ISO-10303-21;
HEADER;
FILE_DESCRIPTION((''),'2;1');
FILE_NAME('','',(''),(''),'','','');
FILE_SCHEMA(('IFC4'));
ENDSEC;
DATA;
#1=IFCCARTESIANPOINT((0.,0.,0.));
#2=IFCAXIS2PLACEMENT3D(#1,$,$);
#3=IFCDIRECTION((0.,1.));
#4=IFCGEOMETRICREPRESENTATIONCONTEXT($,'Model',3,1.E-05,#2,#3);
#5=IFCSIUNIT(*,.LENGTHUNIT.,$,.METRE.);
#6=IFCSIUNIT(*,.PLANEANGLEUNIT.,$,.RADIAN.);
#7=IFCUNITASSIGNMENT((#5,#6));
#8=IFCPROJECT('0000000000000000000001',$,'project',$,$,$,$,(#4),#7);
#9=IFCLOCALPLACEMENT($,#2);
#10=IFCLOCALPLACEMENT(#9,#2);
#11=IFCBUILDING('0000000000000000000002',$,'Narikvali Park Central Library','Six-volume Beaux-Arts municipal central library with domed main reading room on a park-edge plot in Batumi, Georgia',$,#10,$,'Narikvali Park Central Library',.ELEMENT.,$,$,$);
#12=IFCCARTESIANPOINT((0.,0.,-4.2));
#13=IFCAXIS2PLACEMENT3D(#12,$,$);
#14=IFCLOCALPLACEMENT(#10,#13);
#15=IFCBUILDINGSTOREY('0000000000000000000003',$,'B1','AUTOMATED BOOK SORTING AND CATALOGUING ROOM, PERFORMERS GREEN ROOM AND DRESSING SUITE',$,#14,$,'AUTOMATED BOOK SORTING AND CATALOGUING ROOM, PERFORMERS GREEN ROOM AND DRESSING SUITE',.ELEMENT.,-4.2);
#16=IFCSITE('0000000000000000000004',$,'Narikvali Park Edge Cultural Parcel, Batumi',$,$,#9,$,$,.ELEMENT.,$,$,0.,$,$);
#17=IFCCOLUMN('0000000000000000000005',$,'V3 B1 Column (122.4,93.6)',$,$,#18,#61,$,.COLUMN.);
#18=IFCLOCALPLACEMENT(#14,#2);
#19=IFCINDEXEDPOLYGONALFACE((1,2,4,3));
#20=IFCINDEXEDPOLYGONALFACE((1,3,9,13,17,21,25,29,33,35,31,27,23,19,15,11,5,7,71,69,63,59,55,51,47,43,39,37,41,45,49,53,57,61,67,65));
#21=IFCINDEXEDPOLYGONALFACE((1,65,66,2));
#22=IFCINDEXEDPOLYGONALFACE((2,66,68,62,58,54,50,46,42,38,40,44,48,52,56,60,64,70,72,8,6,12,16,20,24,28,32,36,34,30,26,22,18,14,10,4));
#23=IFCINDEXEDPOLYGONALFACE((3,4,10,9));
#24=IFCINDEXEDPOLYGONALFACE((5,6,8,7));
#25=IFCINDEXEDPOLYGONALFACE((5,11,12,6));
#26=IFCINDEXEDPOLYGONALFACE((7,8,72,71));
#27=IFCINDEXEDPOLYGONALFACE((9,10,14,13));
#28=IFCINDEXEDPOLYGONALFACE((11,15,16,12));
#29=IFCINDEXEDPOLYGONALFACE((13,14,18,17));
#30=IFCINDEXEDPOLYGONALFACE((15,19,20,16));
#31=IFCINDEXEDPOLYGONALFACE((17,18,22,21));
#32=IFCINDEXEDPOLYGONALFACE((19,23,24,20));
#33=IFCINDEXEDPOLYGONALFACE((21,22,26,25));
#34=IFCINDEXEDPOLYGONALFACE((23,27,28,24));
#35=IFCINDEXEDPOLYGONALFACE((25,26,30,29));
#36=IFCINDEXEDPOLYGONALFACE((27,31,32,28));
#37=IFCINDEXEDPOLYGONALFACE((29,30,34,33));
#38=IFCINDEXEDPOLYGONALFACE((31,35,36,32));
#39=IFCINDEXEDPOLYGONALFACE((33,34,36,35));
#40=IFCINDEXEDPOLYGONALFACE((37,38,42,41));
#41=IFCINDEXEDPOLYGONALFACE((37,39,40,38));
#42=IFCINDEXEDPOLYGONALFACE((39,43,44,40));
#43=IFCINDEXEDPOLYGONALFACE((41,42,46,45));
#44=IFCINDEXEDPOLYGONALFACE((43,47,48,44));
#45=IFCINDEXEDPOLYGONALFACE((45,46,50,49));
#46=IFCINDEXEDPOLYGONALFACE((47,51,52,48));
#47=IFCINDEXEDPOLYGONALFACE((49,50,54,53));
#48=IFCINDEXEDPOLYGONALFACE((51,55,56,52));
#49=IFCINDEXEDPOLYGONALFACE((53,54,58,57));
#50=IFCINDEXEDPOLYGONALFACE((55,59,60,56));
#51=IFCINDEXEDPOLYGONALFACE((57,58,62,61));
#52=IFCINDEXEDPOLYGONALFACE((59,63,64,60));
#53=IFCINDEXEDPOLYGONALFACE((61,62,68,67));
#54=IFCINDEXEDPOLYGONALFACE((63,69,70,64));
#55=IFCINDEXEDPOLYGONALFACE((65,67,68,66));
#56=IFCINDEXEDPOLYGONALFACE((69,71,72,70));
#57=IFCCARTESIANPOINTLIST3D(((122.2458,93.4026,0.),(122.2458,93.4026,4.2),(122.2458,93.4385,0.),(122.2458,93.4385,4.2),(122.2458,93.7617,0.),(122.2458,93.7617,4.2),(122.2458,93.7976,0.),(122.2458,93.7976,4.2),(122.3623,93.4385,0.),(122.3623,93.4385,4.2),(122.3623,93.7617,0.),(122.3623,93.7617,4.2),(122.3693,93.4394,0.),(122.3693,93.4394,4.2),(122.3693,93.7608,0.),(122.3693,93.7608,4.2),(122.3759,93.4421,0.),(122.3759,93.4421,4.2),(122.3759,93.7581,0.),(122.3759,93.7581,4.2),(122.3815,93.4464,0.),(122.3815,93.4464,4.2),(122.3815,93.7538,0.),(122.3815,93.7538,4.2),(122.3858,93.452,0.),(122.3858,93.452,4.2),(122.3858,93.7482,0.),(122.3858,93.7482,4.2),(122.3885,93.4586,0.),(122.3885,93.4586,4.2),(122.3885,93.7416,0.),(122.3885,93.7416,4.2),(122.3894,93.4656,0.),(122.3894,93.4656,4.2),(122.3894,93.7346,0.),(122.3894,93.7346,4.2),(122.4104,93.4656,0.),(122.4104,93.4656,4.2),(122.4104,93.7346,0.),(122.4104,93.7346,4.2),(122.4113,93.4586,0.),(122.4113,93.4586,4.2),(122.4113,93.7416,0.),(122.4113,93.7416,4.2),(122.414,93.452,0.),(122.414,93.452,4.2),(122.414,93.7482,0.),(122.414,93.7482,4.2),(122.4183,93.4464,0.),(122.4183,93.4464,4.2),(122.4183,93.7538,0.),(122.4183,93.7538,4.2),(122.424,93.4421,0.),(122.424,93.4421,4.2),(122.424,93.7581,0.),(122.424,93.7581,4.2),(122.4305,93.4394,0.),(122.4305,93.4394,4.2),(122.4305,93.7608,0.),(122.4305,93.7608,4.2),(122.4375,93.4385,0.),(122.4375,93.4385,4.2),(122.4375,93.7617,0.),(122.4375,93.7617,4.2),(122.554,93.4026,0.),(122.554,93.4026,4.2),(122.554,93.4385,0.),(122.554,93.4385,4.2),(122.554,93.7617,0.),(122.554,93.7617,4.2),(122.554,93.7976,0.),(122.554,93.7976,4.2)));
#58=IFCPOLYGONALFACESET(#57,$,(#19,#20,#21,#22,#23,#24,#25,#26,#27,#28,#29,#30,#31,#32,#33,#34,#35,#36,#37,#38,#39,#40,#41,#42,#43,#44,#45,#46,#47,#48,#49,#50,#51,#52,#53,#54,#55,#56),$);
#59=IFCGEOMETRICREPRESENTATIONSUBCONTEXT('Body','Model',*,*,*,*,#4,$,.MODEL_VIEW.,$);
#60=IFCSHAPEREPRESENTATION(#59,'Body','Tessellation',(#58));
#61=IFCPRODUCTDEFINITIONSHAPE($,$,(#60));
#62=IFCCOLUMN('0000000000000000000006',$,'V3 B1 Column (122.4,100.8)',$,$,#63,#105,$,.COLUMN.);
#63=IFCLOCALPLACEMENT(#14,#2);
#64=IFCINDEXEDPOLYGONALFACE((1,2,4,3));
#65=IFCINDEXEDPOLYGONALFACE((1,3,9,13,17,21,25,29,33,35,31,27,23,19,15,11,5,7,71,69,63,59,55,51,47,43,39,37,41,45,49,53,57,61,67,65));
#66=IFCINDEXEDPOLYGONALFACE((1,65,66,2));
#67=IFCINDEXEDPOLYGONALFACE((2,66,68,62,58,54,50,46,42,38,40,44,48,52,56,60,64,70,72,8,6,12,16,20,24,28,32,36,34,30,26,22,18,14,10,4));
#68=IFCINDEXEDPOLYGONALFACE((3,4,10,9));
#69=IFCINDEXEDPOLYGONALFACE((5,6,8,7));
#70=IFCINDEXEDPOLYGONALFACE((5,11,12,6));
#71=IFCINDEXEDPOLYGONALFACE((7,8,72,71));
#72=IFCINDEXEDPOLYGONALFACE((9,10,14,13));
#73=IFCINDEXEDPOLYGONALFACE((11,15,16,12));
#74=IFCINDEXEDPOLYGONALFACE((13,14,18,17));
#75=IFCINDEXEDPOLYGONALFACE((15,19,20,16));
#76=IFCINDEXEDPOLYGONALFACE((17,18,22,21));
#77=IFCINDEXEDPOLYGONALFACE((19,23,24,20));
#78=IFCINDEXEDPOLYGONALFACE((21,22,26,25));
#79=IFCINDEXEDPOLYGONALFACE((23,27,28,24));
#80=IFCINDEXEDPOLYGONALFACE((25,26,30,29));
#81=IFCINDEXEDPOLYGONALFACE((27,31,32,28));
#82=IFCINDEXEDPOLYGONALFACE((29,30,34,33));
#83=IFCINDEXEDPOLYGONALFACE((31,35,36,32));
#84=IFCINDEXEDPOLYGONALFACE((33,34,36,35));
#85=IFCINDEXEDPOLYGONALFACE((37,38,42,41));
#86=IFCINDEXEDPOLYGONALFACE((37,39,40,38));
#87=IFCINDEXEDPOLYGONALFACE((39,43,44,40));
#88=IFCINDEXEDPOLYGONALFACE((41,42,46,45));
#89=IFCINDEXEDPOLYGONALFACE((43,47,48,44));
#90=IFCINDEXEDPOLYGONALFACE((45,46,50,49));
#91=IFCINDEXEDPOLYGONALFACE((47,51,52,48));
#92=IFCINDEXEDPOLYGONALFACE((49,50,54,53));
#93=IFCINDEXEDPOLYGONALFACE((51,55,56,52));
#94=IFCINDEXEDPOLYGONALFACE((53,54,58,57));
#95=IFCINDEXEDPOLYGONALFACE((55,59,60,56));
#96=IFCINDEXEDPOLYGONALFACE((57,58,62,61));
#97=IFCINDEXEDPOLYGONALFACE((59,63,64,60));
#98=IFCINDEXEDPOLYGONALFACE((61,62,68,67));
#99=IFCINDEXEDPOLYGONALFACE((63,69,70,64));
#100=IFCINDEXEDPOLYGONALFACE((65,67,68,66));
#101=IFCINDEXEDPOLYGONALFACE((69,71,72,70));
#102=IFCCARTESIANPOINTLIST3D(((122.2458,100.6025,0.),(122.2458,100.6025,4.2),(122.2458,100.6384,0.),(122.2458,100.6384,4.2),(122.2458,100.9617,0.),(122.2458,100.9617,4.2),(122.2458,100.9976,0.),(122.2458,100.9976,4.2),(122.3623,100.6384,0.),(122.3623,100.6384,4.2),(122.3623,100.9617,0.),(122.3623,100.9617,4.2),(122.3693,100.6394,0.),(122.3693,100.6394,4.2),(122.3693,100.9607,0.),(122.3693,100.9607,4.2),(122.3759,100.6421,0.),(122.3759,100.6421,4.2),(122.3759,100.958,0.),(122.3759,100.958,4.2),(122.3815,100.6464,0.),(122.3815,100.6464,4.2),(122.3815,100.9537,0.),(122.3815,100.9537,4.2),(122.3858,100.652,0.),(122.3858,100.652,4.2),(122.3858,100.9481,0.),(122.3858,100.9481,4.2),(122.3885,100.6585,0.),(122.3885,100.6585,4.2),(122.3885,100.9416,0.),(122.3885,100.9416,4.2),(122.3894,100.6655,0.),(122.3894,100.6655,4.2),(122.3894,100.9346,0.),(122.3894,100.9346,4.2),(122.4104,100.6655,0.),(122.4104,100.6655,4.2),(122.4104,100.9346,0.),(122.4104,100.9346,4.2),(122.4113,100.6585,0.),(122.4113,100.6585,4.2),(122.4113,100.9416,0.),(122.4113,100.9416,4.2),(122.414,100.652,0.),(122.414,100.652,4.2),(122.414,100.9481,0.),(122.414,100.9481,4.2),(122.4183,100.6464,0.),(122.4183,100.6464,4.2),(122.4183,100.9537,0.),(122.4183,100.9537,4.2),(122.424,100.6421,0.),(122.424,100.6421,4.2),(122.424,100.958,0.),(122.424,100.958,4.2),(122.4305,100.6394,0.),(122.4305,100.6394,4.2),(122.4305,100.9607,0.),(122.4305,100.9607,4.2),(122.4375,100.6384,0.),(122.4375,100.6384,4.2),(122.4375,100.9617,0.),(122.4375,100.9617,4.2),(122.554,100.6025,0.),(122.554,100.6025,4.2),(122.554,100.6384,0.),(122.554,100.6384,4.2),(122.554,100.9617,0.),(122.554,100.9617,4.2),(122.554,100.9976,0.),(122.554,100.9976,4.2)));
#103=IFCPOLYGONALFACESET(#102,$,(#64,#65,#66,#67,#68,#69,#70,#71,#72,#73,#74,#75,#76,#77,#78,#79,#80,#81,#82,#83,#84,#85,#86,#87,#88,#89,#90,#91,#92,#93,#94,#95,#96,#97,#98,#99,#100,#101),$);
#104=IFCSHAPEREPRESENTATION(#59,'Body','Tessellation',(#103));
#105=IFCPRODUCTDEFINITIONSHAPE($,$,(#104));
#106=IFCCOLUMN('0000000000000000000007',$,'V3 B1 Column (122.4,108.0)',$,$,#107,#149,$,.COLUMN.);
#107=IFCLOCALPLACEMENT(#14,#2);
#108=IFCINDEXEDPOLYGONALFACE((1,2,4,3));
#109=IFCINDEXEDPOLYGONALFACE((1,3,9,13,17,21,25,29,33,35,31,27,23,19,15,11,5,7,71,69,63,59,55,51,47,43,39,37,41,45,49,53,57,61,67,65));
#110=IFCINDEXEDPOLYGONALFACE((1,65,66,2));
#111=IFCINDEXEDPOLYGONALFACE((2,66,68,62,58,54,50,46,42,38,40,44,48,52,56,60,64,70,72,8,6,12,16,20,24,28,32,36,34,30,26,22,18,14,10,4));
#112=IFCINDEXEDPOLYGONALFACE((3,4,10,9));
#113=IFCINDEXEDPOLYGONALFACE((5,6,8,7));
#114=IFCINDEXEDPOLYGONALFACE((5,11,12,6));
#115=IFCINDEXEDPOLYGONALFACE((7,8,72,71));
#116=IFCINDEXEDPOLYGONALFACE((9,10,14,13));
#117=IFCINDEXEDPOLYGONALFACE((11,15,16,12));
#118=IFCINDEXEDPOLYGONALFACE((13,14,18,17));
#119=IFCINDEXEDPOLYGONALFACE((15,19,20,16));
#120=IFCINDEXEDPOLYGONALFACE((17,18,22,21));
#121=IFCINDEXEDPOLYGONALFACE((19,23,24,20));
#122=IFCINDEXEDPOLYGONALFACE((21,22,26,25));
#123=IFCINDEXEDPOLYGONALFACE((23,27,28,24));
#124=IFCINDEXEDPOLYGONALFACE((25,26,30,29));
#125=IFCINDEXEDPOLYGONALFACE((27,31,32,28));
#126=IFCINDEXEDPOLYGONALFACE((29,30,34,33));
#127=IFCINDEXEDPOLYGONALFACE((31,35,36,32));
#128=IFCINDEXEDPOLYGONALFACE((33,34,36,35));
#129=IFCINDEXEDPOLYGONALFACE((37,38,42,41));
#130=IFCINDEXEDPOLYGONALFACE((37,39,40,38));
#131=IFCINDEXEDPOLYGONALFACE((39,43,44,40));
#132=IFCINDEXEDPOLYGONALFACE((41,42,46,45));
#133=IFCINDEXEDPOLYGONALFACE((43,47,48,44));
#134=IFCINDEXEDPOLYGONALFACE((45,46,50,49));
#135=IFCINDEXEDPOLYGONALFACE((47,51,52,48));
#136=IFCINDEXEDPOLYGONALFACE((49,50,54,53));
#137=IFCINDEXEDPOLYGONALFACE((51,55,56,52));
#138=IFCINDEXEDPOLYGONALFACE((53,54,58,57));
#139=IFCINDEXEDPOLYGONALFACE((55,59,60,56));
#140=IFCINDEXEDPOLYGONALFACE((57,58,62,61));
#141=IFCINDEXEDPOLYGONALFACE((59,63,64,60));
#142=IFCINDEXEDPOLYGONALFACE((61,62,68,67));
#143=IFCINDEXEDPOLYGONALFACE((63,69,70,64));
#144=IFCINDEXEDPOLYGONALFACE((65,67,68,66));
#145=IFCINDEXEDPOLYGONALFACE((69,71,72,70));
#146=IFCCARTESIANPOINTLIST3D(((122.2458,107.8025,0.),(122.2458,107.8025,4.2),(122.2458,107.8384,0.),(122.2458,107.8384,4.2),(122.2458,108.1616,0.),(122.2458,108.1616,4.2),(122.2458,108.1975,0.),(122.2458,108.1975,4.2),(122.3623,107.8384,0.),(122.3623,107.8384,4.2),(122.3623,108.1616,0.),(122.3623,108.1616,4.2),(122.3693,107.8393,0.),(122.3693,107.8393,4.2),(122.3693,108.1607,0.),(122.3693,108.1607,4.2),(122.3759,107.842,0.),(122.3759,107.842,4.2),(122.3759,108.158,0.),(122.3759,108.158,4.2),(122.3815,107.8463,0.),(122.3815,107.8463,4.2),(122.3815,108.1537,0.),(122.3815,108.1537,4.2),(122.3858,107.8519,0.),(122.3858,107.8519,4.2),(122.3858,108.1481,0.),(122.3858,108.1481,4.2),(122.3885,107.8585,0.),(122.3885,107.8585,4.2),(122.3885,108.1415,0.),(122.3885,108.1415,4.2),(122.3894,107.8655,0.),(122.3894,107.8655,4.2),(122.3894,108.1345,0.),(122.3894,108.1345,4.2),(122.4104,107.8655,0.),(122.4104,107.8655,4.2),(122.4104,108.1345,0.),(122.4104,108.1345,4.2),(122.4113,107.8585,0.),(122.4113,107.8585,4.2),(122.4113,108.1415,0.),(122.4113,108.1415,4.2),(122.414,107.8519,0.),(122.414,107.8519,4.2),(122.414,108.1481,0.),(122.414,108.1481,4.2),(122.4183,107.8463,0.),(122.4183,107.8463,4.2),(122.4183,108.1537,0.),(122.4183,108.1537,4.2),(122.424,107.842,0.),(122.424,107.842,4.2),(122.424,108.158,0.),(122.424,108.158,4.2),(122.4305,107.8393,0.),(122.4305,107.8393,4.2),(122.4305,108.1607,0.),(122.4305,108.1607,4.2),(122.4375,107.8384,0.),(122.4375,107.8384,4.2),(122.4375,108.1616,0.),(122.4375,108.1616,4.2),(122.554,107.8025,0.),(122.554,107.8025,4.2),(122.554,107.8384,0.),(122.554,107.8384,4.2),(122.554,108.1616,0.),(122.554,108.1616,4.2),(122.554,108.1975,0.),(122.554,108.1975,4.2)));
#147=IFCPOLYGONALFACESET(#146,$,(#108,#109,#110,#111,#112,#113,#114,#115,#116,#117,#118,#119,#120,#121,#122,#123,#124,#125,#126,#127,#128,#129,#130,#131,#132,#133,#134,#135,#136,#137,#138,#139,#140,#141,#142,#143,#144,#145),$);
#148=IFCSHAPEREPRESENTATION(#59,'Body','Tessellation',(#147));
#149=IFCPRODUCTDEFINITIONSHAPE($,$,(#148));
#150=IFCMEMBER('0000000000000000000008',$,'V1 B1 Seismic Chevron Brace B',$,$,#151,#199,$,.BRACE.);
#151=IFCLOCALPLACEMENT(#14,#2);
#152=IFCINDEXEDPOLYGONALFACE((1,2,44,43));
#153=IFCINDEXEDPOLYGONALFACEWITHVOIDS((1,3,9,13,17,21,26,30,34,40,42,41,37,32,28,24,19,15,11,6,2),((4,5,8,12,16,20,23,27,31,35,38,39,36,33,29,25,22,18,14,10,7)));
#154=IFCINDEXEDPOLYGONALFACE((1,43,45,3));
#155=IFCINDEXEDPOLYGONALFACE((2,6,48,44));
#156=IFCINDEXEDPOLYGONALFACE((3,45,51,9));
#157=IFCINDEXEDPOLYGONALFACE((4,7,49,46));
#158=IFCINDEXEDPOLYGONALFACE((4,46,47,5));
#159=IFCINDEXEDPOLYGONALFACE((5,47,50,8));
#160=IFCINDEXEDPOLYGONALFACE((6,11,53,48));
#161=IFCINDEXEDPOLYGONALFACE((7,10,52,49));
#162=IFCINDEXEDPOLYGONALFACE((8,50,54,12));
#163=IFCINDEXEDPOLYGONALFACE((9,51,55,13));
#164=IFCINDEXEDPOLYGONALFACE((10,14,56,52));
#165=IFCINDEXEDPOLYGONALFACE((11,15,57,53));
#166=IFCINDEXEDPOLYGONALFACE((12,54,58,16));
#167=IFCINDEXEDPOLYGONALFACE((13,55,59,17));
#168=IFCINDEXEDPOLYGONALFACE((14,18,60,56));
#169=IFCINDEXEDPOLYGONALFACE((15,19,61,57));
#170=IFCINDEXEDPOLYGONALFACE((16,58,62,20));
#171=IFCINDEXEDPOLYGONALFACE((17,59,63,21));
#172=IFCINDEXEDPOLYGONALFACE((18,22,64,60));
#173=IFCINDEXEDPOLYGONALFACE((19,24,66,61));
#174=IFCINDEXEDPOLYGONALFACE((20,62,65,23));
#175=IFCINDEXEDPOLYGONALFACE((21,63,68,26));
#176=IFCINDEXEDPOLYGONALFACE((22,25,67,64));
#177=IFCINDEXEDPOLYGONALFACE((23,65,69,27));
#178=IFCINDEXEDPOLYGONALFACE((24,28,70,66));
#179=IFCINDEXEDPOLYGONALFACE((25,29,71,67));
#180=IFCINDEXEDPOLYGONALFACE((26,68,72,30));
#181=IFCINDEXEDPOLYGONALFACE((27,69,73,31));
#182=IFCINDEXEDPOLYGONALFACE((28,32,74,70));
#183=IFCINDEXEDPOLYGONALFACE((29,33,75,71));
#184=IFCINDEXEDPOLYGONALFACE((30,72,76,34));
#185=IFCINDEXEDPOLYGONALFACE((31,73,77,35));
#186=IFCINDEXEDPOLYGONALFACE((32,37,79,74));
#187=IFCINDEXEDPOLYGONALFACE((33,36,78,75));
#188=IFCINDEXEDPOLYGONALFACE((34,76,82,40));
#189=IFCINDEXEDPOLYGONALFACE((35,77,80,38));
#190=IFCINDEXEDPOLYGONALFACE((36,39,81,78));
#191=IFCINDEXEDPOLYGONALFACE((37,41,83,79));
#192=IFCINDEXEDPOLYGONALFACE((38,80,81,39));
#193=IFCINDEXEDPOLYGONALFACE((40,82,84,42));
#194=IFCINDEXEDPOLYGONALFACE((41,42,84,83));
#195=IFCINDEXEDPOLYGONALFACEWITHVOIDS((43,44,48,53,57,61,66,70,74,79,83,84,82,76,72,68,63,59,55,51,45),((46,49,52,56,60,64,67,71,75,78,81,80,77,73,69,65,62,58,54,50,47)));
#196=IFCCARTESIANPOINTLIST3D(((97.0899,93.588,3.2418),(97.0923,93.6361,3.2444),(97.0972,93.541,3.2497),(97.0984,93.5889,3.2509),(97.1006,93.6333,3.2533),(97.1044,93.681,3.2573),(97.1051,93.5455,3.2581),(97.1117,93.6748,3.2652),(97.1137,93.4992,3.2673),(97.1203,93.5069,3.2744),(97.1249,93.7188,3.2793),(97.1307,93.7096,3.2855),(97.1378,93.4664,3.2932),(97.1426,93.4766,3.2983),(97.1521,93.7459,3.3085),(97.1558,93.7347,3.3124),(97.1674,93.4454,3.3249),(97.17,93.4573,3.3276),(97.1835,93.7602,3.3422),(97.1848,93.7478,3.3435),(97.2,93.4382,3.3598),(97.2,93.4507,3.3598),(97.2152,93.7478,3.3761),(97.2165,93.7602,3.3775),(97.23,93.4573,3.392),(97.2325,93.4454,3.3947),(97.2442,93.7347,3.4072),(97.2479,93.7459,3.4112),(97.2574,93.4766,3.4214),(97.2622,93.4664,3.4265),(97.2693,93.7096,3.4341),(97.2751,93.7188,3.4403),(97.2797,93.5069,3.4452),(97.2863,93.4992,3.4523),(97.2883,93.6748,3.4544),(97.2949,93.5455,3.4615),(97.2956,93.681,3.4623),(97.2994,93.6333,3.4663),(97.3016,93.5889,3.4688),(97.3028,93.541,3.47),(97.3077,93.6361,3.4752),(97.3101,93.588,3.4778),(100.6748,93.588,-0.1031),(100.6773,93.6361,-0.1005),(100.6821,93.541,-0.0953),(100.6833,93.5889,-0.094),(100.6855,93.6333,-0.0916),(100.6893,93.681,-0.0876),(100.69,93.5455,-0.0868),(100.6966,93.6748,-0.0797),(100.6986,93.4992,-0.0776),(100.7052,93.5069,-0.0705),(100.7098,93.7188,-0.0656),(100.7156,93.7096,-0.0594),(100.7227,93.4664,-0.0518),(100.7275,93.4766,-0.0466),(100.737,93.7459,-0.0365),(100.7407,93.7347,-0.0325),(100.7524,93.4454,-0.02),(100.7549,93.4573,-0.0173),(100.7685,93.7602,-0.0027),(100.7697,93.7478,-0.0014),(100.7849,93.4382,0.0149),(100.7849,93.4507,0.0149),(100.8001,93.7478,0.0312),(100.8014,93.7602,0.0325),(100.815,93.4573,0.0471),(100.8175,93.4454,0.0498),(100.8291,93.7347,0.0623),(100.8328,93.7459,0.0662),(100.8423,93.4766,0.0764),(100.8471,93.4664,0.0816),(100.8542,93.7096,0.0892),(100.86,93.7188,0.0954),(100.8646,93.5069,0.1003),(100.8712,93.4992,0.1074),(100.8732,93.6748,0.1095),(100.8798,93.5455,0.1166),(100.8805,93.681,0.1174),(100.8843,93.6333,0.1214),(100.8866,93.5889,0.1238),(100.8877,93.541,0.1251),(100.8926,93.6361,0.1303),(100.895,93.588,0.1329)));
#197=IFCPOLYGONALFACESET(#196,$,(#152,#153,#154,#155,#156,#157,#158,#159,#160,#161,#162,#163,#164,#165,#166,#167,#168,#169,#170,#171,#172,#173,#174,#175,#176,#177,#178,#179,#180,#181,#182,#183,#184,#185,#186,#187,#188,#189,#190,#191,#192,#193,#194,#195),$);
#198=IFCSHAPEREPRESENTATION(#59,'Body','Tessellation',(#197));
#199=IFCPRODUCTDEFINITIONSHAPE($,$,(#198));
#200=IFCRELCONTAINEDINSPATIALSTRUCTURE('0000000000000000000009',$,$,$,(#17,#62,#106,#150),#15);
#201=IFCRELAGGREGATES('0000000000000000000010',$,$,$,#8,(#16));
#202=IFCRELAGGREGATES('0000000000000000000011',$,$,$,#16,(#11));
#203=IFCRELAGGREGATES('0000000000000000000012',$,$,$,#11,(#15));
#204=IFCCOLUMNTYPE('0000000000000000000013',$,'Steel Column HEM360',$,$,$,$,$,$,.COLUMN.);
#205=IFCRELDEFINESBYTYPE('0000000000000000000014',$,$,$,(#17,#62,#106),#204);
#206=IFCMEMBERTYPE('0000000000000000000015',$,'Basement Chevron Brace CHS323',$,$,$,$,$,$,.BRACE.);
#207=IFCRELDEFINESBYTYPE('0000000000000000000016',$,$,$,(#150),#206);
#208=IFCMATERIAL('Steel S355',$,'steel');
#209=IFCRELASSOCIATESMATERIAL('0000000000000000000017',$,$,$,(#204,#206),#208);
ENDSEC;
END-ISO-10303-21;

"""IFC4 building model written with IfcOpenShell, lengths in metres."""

from ifc_helpers import new_model, si_unit, direction, frame, origin, origin_2d, place, context, subcontext, project, spatial, hollow_circle, i_section, extrude, material, material_profile, profile_set, type_object, element, save


model = new_model("IFC4")

# Units and contexts
model_context = context("Model", 3, precision=1e-05, world=origin(), true_north=direction((0.0, 1.0)))
body_context = subcontext(model_context, "Body", "Model", "MODEL_VIEW")
ifc_project = project(units=[si_unit("LENGTHUNIT", "METRE"), si_unit("PLANEANGLEUNIT", "RADIAN")], contexts=[model_context])

# Site, building, storey
site_placement = place(None, origin())
site = spatial("IfcSite", under=ifc_project, at=site_placement, Name="Narikvali Park Edge Cultural Parcel, Batumi", CompositionType="ELEMENT", RefElevation=0.0)
building_placement = place(site_placement, origin())
building = spatial("IfcBuilding", under=site, at=building_placement, Name="Narikvali Park Central Library", Description="Six-volume Beaux-Arts municipal central library with domed main reading room on a park-edge plot in Batumi, Georgia", LongName="Narikvali Park Central Library", CompositionType="ELEMENT")
storey_placement = place(building_placement, frame((0.0, 0.0, -4.2)))
storey = spatial("IfcBuildingStorey", under=building, at=storey_placement, Name="B1", Description="AUTOMATED BOOK SORTING AND CATALOGUING ROOM, PERFORMERS GREEN ROOM AND DRESSING SUITE", LongName="AUTOMATED BOOK SORTING AND CATALOGUING ROOM, PERFORMERS GREEN ROOM AND DRESSING SUITE", CompositionType="ELEMENT", Elevation=-4.2)

# Columns
ifc_material_1 = material(Name="Steel S355", Category="steel")
ifc_material_profile_1 = material_profile(ifc_material_1, i_section(OverallWidth=0.3081, OverallDepth=0.395, WebThickness=0.021, FlangeThickness=0.0359, FilletRadius=0.0271, at=origin_2d()), Name="HEM 360")
ifc_profile_set_1 = profile_set([ifc_material_profile_1], Name="Steel S355")
column_type_1 = type_object("IfcColumnType", Name="Steel Column HEM360", PredefinedType="COLUMN", material=ifc_profile_set_1)
for number, where, z_axis, x_axis, name in (
    (1, (122.3999, 93.6001, 0.0), (0.0, 0.0, 1.0), (1.0, 0.0, 0.0), "V3 B1 Column (122.4,93.6)"),
    (2, (122.3999, 100.8, 0.0), (0.0, 0.0, 1.0), (1.0, 0.0, 0.0), "V3 B1 Column (122.4,100.8)"),
    (3, (122.3999, 108.0, 0.0), (0.0, 0.0, 1.0), (1.0, 0.0, 0.0), "V3 B1 Column (122.4,108.0)"),
):
    element("IfcColumn", number, at=place(storey_placement, frame(where, z_axis=z_axis, x_axis=x_axis)), inside=storey, type_object=column_type_1, Name=name, PredefinedType="COLUMN", context=body_context, shape_type="SweptSolid", body=[
        extrude(i_section(OverallWidth=0.3081, OverallDepth=0.395, WebThickness=0.021, FlangeThickness=0.0359, FilletRadius=0.0271, at=origin_2d()), origin(), (0.0, 0.0, 1.0), 4.2),
    ])

# Member
ifc_material_profile_2 = material_profile(ifc_material_1, hollow_circle(Radius=0.1619, WallThickness=0.0125, at=origin_2d()), Name="CHS 323.9x12.5")
ifc_profile_set_2 = profile_set([ifc_material_profile_2], Name="Steel S355")
member_type = type_object("IfcMemberType", Name="Basement Chevron Brace CHS323", PredefinedType="BRACE", material=ifc_profile_set_2)
member_placement = place(storey_placement, frame((100.7849, 93.6001, 0.0149), z_axis=(-0.731156, 0.0, 0.68221), x_axis=(0.0, -1.0, 0.0)))
element("IfcMember", 4, at=member_placement, inside=storey, type_object=member_type, Name="V1 B1 Seismic Chevron Brace B", PredefinedType="BRACE", context=body_context, shape_type="SweptSolid", body=[
    extrude(hollow_circle(Radius=0.1619, WallThickness=0.0125, at=origin_2d()), origin(), (0.0, 0.0, 1.0), 4.9031),
])

save(model, "model.ifc")
